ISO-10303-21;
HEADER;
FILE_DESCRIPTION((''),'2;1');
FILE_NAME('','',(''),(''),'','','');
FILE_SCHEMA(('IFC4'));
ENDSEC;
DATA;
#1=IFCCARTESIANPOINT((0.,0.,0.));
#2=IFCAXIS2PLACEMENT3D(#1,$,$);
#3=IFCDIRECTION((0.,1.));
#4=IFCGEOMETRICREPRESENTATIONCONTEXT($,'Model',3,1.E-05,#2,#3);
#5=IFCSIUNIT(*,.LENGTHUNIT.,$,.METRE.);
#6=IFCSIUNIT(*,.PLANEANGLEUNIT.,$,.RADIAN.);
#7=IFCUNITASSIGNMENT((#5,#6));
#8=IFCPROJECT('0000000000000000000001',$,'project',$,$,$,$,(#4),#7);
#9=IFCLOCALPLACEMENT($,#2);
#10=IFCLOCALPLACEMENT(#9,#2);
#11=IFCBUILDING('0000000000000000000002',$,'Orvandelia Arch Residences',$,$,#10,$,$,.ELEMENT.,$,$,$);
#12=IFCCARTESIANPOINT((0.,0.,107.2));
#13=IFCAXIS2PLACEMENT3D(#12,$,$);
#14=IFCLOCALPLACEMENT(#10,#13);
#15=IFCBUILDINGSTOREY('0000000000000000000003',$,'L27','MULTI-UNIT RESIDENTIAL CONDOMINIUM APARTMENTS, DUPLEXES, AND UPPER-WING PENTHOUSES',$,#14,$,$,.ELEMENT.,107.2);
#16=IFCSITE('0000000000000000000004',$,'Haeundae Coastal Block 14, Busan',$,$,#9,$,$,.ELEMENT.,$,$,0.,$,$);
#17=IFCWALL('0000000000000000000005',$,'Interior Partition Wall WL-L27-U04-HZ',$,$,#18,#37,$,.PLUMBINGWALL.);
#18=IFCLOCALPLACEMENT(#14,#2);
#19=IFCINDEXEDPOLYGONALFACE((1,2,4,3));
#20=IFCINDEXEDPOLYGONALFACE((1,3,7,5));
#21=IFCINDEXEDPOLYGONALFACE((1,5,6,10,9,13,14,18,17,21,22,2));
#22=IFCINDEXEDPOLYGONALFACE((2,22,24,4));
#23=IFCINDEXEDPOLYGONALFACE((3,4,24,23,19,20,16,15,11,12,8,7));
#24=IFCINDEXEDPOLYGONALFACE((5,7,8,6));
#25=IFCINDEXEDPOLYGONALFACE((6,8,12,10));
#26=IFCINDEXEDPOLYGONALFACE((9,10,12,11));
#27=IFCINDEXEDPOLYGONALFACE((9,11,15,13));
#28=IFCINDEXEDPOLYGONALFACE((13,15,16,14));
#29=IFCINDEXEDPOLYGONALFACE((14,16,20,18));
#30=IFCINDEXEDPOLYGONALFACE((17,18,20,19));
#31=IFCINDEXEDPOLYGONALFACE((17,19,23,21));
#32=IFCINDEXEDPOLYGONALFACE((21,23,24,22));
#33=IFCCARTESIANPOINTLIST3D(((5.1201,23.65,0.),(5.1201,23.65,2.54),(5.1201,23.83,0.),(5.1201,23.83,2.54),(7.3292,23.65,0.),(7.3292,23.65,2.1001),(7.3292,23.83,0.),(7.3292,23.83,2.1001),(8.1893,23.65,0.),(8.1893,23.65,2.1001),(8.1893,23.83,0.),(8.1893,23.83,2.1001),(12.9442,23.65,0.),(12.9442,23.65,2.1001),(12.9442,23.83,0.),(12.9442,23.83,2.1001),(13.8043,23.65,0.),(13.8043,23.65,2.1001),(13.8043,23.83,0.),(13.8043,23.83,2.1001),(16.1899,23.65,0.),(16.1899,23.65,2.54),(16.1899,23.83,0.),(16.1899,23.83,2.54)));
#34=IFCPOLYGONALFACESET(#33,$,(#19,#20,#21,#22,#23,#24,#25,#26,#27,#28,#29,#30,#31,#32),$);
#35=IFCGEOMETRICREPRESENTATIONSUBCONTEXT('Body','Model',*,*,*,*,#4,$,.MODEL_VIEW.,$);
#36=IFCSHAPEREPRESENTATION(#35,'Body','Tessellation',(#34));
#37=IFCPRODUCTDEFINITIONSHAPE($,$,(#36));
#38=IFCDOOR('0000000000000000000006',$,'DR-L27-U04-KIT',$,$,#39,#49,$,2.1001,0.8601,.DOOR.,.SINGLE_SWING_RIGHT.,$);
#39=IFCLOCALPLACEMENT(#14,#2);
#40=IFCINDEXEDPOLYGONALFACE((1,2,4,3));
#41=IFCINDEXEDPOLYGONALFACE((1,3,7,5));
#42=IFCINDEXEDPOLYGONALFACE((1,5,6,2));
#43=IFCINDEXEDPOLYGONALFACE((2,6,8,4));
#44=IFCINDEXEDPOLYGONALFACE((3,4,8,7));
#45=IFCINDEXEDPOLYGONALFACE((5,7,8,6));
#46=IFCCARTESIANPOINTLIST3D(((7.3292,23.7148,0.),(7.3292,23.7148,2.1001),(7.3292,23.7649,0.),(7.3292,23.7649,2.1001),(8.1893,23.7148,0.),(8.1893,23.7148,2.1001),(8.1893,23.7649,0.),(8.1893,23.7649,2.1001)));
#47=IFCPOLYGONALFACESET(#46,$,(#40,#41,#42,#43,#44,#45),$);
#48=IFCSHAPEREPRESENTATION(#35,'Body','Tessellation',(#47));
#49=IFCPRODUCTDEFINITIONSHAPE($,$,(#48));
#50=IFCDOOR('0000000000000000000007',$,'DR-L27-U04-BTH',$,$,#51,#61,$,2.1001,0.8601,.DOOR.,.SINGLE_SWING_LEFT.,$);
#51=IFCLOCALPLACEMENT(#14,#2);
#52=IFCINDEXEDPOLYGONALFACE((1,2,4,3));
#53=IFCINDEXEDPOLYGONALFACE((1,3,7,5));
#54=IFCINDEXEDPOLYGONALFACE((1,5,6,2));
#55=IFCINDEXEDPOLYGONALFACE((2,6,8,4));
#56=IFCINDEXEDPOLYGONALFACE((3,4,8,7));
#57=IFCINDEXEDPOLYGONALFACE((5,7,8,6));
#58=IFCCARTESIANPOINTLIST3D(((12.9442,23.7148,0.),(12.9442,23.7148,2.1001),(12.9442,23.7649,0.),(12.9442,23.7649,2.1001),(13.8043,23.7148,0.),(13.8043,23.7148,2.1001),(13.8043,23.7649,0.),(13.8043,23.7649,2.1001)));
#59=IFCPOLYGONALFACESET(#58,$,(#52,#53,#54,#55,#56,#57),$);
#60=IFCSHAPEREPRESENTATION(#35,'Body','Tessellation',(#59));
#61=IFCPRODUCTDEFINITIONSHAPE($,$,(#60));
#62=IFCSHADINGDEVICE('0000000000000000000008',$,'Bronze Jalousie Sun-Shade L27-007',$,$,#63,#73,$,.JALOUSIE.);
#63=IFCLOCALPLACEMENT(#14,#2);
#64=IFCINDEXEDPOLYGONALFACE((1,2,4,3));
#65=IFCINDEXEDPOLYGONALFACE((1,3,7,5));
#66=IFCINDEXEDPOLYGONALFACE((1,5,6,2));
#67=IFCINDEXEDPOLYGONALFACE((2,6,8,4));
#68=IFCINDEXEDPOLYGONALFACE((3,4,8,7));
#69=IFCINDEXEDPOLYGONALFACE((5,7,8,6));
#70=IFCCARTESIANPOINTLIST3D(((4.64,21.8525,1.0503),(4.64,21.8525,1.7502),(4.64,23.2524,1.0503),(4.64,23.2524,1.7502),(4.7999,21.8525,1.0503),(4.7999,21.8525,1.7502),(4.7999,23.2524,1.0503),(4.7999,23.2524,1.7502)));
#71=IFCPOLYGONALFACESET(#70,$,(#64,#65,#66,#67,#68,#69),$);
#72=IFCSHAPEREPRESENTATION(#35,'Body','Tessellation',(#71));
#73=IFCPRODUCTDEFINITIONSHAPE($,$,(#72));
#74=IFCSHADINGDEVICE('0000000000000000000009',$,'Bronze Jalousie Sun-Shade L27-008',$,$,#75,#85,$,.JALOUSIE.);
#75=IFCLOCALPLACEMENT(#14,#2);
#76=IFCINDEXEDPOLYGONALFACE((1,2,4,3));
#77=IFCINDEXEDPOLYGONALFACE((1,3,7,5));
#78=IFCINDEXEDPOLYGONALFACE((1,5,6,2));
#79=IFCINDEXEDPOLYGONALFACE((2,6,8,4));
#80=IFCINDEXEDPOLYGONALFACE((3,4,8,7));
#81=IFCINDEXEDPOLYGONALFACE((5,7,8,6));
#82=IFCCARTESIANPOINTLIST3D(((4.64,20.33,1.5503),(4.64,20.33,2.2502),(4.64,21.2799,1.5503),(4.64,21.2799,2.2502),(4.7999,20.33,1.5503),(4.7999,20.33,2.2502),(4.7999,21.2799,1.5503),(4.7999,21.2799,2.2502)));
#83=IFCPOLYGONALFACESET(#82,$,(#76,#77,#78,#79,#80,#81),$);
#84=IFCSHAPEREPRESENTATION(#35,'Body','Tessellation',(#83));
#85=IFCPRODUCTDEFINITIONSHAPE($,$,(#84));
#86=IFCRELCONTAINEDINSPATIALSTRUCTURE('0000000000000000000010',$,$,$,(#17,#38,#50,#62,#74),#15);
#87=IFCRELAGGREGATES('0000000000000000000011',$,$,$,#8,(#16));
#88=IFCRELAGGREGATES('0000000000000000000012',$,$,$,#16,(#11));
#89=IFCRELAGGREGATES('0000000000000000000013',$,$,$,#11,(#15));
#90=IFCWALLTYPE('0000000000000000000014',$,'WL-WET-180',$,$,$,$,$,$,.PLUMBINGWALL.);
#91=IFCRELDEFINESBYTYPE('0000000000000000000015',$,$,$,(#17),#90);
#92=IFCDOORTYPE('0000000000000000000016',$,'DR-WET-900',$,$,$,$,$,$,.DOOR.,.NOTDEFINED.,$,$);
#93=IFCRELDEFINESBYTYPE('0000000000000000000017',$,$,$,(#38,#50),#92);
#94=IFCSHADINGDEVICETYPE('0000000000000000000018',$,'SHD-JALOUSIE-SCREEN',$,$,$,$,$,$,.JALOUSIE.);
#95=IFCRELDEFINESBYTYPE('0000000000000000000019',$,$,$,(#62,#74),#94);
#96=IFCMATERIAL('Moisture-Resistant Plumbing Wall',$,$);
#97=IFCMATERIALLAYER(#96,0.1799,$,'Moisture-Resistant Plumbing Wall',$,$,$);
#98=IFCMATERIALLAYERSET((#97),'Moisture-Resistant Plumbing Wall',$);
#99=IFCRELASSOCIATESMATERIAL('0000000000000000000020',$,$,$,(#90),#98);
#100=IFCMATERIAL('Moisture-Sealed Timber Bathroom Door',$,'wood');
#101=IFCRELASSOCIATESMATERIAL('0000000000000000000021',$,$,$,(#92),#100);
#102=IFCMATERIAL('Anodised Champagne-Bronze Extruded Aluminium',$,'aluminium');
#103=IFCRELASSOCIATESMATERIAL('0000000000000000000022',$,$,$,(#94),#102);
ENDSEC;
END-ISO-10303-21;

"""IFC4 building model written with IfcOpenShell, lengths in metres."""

from ifc_helpers import new_model, si_unit, direction, frame, frame_2d, origin, origin_2d, place, context, subcontext, project, spatial, rectangle, extrude, material, layer, layer_set, type_object, element, fill, save


model = new_model("IFC4")

# Units and contexts
model_context = context("Model", 3, precision=1e-05, world=origin(), true_north=direction((0.0, 1.0)))
body_context = subcontext(model_context, "Body", "Model", "MODEL_VIEW")
ifc_project = project(units=[si_unit("LENGTHUNIT", "METRE"), si_unit("PLANEANGLEUNIT", "RADIAN")], contexts=[model_context])

# Site, building, storey
site_placement = place(None, origin())
site = spatial("IfcSite", under=ifc_project, at=site_placement, Name="Haeundae Coastal Block 14, Busan", CompositionType="ELEMENT", RefElevation=0.0)
building_placement = place(site_placement, origin())
building = spatial("IfcBuilding", under=site, at=building_placement, Name="Orvandelia Arch Residences", CompositionType="ELEMENT")
storey_placement = place(building_placement, frame((0.0, 0.0, 107.2)))
storey = spatial("IfcBuildingStorey", under=building, at=storey_placement, Name="L27", Description="MULTI-UNIT RESIDENTIAL CONDOMINIUM APARTMENTS, DUPLEXES, AND UPPER-WING PENTHOUSES", CompositionType="ELEMENT", Elevation=107.2)

# Wall, openings, doors
ifc_material_1 = material(Name="Moisture-Resistant Plumbing Wall")
ifc_layer_1 = layer(ifc_material_1, 0.1799, Name="Moisture-Resistant Plumbing Wall")
ifc_layer_set_1 = layer_set([ifc_layer_1], Name="Moisture-Resistant Plumbing Wall")
wall_type_1 = type_object("IfcWallType", Name="WL-WET-180", PredefinedType="PLUMBINGWALL", material=ifc_layer_set_1)
ifc_material_2 = material(Name="Moisture-Sealed Timber Bathroom Door", Category="wood")
door_type = type_object("IfcDoorType", Name="DR-WET-900", OperationType="NOTDEFINED", PredefinedType="DOOR", material=ifc_material_2)
wall_1_placement = place(storey_placement, frame((5.1201, 23.74, 0.0), z_axis=(0.0, 0.0, 1.0), x_axis=(1.0, 0.0, 0.0)))
wall_1 = element("IfcWall", 1, at=wall_1_placement, inside=storey, type_object=wall_type_1, Name="Interior Partition Wall WL-L27-U04-HZ", PredefinedType="PLUMBINGWALL", context=body_context, shape_type="SweptSolid", body=[
    extrude(rectangle(XDim=11.0698, YDim=0.1799, at=frame_2d((5.5349, 0.0))), origin(), (0.0, 0.0, 1.0), 2.54),
])
opening_1_placement = place(wall_1_placement, frame((2.209, 0.0, 0.0)))
opening_1 = element("IfcOpeningElement", 2, at=opening_1_placement, cuts=wall_1, PredefinedType="OPENING", context=body_context, shape_type="SweptSolid", body=[
    extrude(rectangle(XDim=0.8601, YDim=2.1001, at=frame_2d((0.4302, 1.05))), frame((0.0, 0.1001, 0.0), z_axis=(0.0, -1.0, 0.0), x_axis=(1.0, 0.0, 0.0)), (0.0, 0.0, 1.0), 0.2),
])
opening_2_placement = place(wall_1_placement, frame((7.824, 0.0, 0.0)))
opening_2 = element("IfcOpeningElement", 3, at=opening_2_placement, cuts=wall_1, PredefinedType="OPENING", context=body_context, shape_type="SweptSolid", body=[
    extrude(rectangle(XDim=0.8601, YDim=2.1001, at=frame_2d((0.4302, 1.05))), frame((0.0, 0.1001, 0.0), z_axis=(0.0, -1.0, 0.0), x_axis=(1.0, 0.0, 0.0)), (0.0, 0.0, 1.0), 0.2),
])
door_1_placement = place(opening_1_placement, origin())
door_1 = element("IfcDoor", 4, at=door_1_placement, inside=storey, type_object=door_type, Name="DR-L27-U04-KIT", OperationType="SINGLE_SWING_RIGHT", OverallHeight=2.1001, OverallWidth=0.8601, PredefinedType="DOOR", context=body_context, shape_type="SweptSolid", body=[
    extrude(rectangle(XDim=0.8601, YDim=2.1001, at=frame_2d((0.4302, 1.05))), frame((0.0, 0.0249, 0.0), z_axis=(0.0, -1.0, 0.0), x_axis=(1.0, 0.0, 0.0)), (0.0, 0.0, 1.0), 0.05),
])
fill(opening_1, door_1)
door_2_placement = place(opening_2_placement, origin())
door_2 = element("IfcDoor", 5, at=door_2_placement, inside=storey, type_object=door_type, Name="DR-L27-U04-BTH", OperationType="SINGLE_SWING_LEFT", OverallHeight=2.1001, OverallWidth=0.8601, PredefinedType="DOOR", context=body_context, shape_type="SweptSolid", body=[
    extrude(rectangle(XDim=0.8601, YDim=2.1001, at=frame_2d((0.4302, 1.05))), frame((0.0, 0.0249, 0.0), z_axis=(0.0, -1.0, 0.0), x_axis=(1.0, 0.0, 0.0)), (0.0, 0.0, 1.0), 0.05),
])
fill(opening_2, door_2)

# Shading devices
ifc_material_3 = material(Name="Anodised Champagne-Bronze Extruded Aluminium", Category="aluminium")
shading_device_type = type_object("IfcShadingDeviceType", Name="SHD-JALOUSIE-SCREEN", PredefinedType="JALOUSIE", material=ifc_material_3)
shading_device_1_placement = place(storey_placement, frame((4.72, 22.5525, 1.0503), z_axis=(0.0, 0.0, 1.0), x_axis=(0.0, 1.0, 0.0)))
element("IfcShadingDevice", 6, at=shading_device_1_placement, inside=storey, type_object=shading_device_type, Name="Bronze Jalousie Sun-Shade L27-007", PredefinedType="JALOUSIE", context=body_context, shape_type="SweptSolid", body=[
    extrude(rectangle(XDim=1.3999, YDim=0.1599, at=origin_2d()), origin(), (0.0, 0.0, 1.0), 0.7),
])
shading_device_2_placement = place(storey_placement, frame((4.72, 20.8049, 1.5503), z_axis=(0.0, 0.0, 1.0), x_axis=(0.0, 1.0, 0.0)))
element("IfcShadingDevice", 7, at=shading_device_2_placement, inside=storey, type_object=shading_device_type, Name="Bronze Jalousie Sun-Shade L27-008", PredefinedType="JALOUSIE", context=body_context, shape_type="SweptSolid", body=[
    extrude(rectangle(XDim=0.95, YDim=0.1599, at=origin_2d()), origin(), (0.0, 0.0, 1.0), 0.7),
])

save(model, "model.ifc")
